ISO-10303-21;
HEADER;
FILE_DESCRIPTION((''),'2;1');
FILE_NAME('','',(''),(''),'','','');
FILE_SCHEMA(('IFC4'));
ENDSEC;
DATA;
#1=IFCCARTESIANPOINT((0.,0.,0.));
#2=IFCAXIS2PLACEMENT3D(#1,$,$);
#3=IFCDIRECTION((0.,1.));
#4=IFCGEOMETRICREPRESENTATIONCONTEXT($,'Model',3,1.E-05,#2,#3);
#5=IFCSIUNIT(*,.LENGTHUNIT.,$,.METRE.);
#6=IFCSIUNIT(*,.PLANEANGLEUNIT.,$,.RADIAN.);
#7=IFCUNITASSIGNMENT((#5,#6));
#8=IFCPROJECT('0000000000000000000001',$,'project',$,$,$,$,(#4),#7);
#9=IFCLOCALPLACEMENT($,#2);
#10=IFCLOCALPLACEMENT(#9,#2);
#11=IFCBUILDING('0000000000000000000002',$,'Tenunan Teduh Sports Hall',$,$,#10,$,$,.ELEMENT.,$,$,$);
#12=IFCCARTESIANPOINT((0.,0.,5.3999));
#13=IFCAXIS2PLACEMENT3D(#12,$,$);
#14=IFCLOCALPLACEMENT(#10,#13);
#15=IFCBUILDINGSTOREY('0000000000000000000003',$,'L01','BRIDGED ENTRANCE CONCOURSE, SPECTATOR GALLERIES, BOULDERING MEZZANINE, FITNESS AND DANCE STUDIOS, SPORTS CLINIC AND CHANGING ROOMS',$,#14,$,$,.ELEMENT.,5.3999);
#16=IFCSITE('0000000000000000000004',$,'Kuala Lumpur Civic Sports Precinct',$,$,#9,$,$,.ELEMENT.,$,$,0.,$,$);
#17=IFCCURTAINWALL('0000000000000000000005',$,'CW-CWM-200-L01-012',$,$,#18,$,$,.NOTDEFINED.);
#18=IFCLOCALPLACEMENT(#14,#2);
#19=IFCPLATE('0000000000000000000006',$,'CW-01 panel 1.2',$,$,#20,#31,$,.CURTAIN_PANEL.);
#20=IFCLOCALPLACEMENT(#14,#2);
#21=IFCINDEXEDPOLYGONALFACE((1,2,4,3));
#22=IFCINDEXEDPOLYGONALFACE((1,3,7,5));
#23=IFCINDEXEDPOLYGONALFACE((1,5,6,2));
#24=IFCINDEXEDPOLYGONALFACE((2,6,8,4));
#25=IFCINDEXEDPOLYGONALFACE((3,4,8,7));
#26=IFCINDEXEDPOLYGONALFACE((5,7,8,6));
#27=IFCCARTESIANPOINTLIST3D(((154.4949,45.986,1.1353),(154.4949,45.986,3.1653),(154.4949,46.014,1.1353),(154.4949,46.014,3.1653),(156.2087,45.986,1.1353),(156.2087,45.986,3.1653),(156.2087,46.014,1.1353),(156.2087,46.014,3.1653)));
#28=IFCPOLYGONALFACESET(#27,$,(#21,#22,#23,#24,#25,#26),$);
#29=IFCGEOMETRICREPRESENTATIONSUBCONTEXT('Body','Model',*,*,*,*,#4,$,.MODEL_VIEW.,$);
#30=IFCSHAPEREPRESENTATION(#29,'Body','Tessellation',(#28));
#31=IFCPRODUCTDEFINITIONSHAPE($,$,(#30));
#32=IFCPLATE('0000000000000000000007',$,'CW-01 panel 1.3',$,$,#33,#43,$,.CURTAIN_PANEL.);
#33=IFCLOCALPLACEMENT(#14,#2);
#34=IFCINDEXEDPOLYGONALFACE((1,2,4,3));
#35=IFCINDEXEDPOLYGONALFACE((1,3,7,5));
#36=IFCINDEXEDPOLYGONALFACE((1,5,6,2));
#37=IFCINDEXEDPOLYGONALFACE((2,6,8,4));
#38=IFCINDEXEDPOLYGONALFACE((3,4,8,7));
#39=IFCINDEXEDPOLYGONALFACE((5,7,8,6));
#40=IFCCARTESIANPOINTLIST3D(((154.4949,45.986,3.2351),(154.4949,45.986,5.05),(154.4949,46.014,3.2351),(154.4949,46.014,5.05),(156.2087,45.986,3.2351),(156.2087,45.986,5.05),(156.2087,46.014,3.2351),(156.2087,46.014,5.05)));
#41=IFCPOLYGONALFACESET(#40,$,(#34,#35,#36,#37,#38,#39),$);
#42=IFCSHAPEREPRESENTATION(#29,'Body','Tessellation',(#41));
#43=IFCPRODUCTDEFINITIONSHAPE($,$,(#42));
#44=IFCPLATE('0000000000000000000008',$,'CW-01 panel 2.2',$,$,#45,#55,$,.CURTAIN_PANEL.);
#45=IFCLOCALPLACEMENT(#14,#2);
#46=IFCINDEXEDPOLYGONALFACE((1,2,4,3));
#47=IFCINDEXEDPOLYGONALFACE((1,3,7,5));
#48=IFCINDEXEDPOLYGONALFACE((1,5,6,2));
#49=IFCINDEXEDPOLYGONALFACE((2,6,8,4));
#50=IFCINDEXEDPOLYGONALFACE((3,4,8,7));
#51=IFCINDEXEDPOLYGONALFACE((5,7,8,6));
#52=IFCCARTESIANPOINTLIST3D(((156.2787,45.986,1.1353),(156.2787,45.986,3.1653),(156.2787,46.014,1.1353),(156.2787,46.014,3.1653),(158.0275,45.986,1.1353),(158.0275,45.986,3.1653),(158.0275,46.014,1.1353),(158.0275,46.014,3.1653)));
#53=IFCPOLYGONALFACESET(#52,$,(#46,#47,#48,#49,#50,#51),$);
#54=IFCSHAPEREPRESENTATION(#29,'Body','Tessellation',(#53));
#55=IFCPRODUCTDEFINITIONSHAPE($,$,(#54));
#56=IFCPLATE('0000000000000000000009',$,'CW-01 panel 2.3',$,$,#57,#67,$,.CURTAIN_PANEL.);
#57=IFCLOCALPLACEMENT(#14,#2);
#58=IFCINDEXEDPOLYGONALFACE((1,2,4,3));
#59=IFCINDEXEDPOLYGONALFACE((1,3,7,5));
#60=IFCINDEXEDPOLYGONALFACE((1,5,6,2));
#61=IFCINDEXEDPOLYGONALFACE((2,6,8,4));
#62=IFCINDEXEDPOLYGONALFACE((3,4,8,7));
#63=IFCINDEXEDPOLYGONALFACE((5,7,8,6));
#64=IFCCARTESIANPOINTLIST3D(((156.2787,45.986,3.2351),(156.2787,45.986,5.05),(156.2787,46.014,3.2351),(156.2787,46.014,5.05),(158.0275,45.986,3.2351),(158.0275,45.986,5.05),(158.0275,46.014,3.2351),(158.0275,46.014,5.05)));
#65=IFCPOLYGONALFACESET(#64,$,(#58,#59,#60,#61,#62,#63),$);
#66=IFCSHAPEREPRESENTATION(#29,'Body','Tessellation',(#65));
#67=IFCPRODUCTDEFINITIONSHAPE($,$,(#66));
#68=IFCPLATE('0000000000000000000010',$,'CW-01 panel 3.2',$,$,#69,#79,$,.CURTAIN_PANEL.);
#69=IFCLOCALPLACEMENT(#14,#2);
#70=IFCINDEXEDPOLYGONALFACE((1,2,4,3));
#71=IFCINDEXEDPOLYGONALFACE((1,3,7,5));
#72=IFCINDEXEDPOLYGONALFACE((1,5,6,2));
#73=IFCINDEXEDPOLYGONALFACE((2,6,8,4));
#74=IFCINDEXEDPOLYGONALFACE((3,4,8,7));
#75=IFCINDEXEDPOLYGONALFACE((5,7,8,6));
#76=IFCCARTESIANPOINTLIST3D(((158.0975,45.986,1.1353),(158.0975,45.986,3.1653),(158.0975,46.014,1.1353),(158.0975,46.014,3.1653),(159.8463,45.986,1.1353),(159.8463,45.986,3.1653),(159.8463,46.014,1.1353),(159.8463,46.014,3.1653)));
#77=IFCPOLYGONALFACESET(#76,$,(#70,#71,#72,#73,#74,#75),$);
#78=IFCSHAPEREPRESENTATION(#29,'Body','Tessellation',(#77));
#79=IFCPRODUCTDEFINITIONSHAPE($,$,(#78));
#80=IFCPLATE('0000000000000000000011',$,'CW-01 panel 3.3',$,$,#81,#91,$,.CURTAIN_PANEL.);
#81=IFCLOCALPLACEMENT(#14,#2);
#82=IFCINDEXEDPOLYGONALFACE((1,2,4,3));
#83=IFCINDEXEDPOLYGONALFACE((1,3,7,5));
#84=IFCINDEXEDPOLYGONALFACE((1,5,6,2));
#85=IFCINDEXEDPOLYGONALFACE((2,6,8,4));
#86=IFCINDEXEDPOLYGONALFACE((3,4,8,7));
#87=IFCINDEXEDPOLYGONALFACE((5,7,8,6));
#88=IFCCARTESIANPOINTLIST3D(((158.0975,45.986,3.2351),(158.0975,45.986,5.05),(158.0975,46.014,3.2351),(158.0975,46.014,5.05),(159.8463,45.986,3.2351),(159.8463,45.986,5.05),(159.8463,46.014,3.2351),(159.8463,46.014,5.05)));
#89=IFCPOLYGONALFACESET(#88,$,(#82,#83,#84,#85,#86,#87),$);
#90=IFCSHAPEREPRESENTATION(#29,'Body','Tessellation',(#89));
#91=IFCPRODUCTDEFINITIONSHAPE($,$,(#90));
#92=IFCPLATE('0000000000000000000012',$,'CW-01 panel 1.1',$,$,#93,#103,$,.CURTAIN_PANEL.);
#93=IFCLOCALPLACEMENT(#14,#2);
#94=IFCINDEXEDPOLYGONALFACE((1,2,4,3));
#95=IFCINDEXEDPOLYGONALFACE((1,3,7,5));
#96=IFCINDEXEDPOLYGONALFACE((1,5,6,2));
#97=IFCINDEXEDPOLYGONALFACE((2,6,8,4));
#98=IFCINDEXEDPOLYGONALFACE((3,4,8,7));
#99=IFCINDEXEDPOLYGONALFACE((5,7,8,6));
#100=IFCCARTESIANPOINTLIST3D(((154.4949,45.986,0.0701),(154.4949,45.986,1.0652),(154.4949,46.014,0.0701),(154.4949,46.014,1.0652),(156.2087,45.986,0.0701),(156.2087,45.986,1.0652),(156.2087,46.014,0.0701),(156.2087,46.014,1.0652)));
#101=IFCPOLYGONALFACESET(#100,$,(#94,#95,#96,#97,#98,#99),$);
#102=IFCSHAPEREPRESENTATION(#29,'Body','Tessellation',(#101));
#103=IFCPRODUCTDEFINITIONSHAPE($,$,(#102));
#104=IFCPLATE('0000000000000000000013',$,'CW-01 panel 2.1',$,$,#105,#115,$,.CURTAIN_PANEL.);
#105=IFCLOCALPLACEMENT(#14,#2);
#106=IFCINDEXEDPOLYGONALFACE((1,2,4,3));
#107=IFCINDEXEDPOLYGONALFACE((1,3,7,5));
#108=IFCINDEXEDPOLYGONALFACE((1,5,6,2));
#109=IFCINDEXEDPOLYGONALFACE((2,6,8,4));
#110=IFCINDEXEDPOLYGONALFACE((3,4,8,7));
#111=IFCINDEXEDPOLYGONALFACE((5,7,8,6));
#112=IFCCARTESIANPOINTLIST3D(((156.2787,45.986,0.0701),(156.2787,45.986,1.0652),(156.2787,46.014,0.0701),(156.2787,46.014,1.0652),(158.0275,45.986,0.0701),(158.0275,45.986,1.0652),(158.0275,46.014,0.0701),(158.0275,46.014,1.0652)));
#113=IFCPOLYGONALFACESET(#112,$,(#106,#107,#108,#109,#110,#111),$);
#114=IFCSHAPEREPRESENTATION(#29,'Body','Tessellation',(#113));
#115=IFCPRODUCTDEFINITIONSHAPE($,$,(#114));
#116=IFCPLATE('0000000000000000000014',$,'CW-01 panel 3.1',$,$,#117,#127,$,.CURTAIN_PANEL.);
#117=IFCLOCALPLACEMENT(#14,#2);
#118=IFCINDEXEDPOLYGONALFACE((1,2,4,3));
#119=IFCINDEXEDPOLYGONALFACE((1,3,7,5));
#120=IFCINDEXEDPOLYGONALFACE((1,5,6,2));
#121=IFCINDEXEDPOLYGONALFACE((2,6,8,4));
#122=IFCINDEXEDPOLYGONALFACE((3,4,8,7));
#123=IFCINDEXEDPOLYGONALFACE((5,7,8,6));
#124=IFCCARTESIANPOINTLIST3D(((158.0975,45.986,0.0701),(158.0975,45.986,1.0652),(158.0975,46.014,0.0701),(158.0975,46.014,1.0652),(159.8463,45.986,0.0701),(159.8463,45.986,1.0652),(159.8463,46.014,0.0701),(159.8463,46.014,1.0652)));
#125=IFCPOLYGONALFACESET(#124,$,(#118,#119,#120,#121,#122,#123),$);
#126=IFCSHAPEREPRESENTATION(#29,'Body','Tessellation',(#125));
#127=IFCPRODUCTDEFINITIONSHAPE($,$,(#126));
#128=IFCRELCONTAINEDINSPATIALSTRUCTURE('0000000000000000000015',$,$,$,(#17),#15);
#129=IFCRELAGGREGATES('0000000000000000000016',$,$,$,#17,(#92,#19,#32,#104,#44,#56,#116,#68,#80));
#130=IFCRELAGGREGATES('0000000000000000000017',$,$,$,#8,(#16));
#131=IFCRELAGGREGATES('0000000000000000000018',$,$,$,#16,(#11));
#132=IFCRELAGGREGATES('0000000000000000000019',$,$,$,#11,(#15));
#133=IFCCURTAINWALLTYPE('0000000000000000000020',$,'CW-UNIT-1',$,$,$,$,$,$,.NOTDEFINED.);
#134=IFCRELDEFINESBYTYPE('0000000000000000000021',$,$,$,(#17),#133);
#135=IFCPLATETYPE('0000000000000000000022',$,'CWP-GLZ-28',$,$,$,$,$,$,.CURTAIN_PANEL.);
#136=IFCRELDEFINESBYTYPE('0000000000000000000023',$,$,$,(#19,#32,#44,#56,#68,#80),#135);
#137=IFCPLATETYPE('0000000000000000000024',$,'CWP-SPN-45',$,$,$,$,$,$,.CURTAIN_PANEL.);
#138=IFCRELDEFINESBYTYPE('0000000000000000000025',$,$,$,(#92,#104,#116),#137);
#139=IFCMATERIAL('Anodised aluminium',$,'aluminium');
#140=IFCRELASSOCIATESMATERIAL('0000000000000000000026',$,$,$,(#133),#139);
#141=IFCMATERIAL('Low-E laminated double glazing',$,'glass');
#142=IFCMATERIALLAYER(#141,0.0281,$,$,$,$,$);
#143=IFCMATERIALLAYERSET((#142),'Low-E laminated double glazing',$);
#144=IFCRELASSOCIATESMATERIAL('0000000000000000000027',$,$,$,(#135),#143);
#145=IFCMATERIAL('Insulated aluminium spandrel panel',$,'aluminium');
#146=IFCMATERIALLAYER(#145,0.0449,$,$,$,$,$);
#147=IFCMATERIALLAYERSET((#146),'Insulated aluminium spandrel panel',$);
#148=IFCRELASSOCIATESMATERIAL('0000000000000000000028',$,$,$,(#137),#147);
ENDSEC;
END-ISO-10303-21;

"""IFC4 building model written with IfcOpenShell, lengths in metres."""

from ifc_helpers import new_model, si_unit, direction, frame, origin, origin_2d, place, context, subcontext, project, spatial, rectangle, extrude, material, layer, layer_set, type_object, element, aggregate, save


model = new_model("IFC4")

# Units and contexts
model_context = context("Model", 3, precision=1e-05, world=origin(), true_north=direction((0.0, 1.0)))
body_context = subcontext(model_context, "Body", "Model", "MODEL_VIEW")
ifc_project = project(units=[si_unit("LENGTHUNIT", "METRE"), si_unit("PLANEANGLEUNIT", "RADIAN")], contexts=[model_context])

# Site, building, storey
site_placement = place(None, origin())
site = spatial("IfcSite", under=ifc_project, at=site_placement, Name="Kuala Lumpur Civic Sports Precinct", CompositionType="ELEMENT", RefElevation=0.0)
building_placement = place(site_placement, origin())
building = spatial("IfcBuilding", under=site, at=building_placement, Name="Tenunan Teduh Sports Hall", CompositionType="ELEMENT")
storey_placement = place(building_placement, frame((0.0, 0.0, 5.3999)))
storey = spatial("IfcBuildingStorey", under=building, at=storey_placement, Name="L01", Description="BRIDGED ENTRANCE CONCOURSE, SPECTATOR GALLERIES, BOULDERING MEZZANINE, FITNESS AND DANCE STUDIOS, SPORTS CLINIC AND CHANGING ROOMS", CompositionType="ELEMENT", Elevation=5.3999)

# Curtain wall
ifc_material_1 = material(Name="Anodised aluminium", Category="aluminium")
curtain_wall_type = type_object("IfcCurtainWallType", Name="CW-UNIT-1", PredefinedType="NOTDEFINED", material=ifc_material_1)
curtain_wall_placement = place(storey_placement, origin())
curtain_wall = element("IfcCurtainWall", 1, at=curtain_wall_placement, inside=storey, type_object=curtain_wall_type, Name="CW-CWM-200-L01-012", PredefinedType="NOTDEFINED")

# Plates
ifc_material_2 = material(Name="Low-E laminated double glazing", Category="glass")
ifc_layer_1 = layer(ifc_material_2, 0.0281)
ifc_layer_set_1 = layer_set([ifc_layer_1], Name="Low-E laminated double glazing")
plate_type_1 = type_object("IfcPlateType", Name="CWP-GLZ-28", PredefinedType="CURTAIN_PANEL", material=ifc_layer_set_1)
plate_1_placement = place(storey_placement, frame((155.3518, 46.0, 1.1353), z_axis=(0.0, 0.0, 1.0), x_axis=(1.0, 0.0, 0.0)))
plate_1 = element("IfcPlate", 2, at=plate_1_placement, type_object=plate_type_1, Name="CW-01 panel 1.2", PredefinedType="CURTAIN_PANEL", context=body_context, shape_type="SweptSolid", body=[
    extrude(rectangle(XDim=1.7139, YDim=0.0281, at=origin_2d()), origin(), (0.0, 0.0, 1.0), 2.03),
])
plate_2_placement = place(storey_placement, frame((155.3518, 46.0, 3.2351), z_axis=(0.0, 0.0, 1.0), x_axis=(1.0, 0.0, 0.0)))
plate_2 = element("IfcPlate", 3, at=plate_2_placement, type_object=plate_type_1, Name="CW-01 panel 1.3", PredefinedType="CURTAIN_PANEL", context=body_context, shape_type="SweptSolid", body=[
    extrude(rectangle(XDim=1.7139, YDim=0.0281, at=origin_2d()), origin(), (0.0, 0.0, 1.0), 1.8149),
])
plate_3_placement = place(storey_placement, frame((157.1531, 46.0, 1.1353), z_axis=(0.0, 0.0, 1.0), x_axis=(1.0, 0.0, 0.0)))
plate_3 = element("IfcPlate", 4, at=plate_3_placement, type_object=plate_type_1, Name="CW-01 panel 2.2", PredefinedType="CURTAIN_PANEL", context=body_context, shape_type="SweptSolid", body=[
    extrude(rectangle(XDim=1.7488, YDim=0.0281, at=origin_2d()), origin(), (0.0, 0.0, 1.0), 2.03),
])
plate_4_placement = place(storey_placement, frame((157.1531, 46.0, 3.2351), z_axis=(0.0, 0.0, 1.0), x_axis=(1.0, 0.0, 0.0)))
plate_4 = element("IfcPlate", 5, at=plate_4_placement, type_object=plate_type_1, Name="CW-01 panel 2.3", PredefinedType="CURTAIN_PANEL", context=body_context, shape_type="SweptSolid", body=[
    extrude(rectangle(XDim=1.7488, YDim=0.0281, at=origin_2d()), origin(), (0.0, 0.0, 1.0), 1.8149),
])
plate_5_placement = place(storey_placement, frame((158.9719, 46.0, 1.1353), z_axis=(0.0, 0.0, 1.0), x_axis=(1.0, 0.0, 0.0)))
plate_5 = element("IfcPlate", 6, at=plate_5_placement, type_object=plate_type_1, Name="CW-01 panel 3.2", PredefinedType="CURTAIN_PANEL", context=body_context, shape_type="SweptSolid", body=[
    extrude(rectangle(XDim=1.7488, YDim=0.0281, at=origin_2d()), origin(), (0.0, 0.0, 1.0), 2.03),
])
plate_6_placement = place(storey_placement, frame((158.9719, 46.0, 3.2351), z_axis=(0.0, 0.0, 1.0), x_axis=(1.0, 0.0, 0.0)))
plate_6 = element("IfcPlate", 7, at=plate_6_placement, type_object=plate_type_1, Name="CW-01 panel 3.3", PredefinedType="CURTAIN_PANEL", context=body_context, shape_type="SweptSolid", body=[
    extrude(rectangle(XDim=1.7488, YDim=0.0281, at=origin_2d()), origin(), (0.0, 0.0, 1.0), 1.8149),
])
ifc_material_3 = material(Name="Insulated aluminium spandrel panel", Category="aluminium")
ifc_layer_2 = layer(ifc_material_3, 0.0449)
ifc_layer_set_2 = layer_set([ifc_layer_2], Name="Insulated aluminium spandrel panel")
plate_type_2 = type_object("IfcPlateType", Name="CWP-SPN-45", PredefinedType="CURTAIN_PANEL", material=ifc_layer_set_2)
plate_7_placement = place(storey_placement, frame((155.3518, 46.0, 0.0701), z_axis=(0.0, 0.0, 1.0), x_axis=(1.0, 0.0, 0.0)))
plate_7 = element("IfcPlate", 8, at=plate_7_placement, type_object=plate_type_2, Name="CW-01 panel 1.1", PredefinedType="CURTAIN_PANEL", context=body_context, shape_type="SweptSolid", body=[
    extrude(rectangle(XDim=1.7139, YDim=0.0281, at=origin_2d()), origin(), (0.0, 0.0, 1.0), 0.9951),
])
plate_8_placement = place(storey_placement, frame((157.1531, 46.0, 0.0701), z_axis=(0.0, 0.0, 1.0), x_axis=(1.0, 0.0, 0.0)))
plate_8 = element("IfcPlate", 9, at=plate_8_placement, type_object=plate_type_2, Name="CW-01 panel 2.1", PredefinedType="CURTAIN_PANEL", context=body_context, shape_type="SweptSolid", body=[
    extrude(rectangle(XDim=1.7488, YDim=0.0281, at=origin_2d()), origin(), (0.0, 0.0, 1.0), 0.9951),
])
plate_9_placement = place(storey_placement, frame((158.9719, 46.0, 0.0701), z_axis=(0.0, 0.0, 1.0), x_axis=(1.0, 0.0, 0.0)))
plate_9 = element("IfcPlate", 10, at=plate_9_placement, type_object=plate_type_2, Name="CW-01 panel 3.1", PredefinedType="CURTAIN_PANEL", context=body_context, shape_type="SweptSolid", body=[
    extrude(rectangle(XDim=1.7488, YDim=0.0281, at=origin_2d()), origin(), (0.0, 0.0, 1.0), 0.9951),
])
aggregate(curtain_wall, [plate_7, plate_1, plate_2, plate_8, plate_3, plate_4, plate_9, plate_5, plate_6])

save(model, "model.ifc")
